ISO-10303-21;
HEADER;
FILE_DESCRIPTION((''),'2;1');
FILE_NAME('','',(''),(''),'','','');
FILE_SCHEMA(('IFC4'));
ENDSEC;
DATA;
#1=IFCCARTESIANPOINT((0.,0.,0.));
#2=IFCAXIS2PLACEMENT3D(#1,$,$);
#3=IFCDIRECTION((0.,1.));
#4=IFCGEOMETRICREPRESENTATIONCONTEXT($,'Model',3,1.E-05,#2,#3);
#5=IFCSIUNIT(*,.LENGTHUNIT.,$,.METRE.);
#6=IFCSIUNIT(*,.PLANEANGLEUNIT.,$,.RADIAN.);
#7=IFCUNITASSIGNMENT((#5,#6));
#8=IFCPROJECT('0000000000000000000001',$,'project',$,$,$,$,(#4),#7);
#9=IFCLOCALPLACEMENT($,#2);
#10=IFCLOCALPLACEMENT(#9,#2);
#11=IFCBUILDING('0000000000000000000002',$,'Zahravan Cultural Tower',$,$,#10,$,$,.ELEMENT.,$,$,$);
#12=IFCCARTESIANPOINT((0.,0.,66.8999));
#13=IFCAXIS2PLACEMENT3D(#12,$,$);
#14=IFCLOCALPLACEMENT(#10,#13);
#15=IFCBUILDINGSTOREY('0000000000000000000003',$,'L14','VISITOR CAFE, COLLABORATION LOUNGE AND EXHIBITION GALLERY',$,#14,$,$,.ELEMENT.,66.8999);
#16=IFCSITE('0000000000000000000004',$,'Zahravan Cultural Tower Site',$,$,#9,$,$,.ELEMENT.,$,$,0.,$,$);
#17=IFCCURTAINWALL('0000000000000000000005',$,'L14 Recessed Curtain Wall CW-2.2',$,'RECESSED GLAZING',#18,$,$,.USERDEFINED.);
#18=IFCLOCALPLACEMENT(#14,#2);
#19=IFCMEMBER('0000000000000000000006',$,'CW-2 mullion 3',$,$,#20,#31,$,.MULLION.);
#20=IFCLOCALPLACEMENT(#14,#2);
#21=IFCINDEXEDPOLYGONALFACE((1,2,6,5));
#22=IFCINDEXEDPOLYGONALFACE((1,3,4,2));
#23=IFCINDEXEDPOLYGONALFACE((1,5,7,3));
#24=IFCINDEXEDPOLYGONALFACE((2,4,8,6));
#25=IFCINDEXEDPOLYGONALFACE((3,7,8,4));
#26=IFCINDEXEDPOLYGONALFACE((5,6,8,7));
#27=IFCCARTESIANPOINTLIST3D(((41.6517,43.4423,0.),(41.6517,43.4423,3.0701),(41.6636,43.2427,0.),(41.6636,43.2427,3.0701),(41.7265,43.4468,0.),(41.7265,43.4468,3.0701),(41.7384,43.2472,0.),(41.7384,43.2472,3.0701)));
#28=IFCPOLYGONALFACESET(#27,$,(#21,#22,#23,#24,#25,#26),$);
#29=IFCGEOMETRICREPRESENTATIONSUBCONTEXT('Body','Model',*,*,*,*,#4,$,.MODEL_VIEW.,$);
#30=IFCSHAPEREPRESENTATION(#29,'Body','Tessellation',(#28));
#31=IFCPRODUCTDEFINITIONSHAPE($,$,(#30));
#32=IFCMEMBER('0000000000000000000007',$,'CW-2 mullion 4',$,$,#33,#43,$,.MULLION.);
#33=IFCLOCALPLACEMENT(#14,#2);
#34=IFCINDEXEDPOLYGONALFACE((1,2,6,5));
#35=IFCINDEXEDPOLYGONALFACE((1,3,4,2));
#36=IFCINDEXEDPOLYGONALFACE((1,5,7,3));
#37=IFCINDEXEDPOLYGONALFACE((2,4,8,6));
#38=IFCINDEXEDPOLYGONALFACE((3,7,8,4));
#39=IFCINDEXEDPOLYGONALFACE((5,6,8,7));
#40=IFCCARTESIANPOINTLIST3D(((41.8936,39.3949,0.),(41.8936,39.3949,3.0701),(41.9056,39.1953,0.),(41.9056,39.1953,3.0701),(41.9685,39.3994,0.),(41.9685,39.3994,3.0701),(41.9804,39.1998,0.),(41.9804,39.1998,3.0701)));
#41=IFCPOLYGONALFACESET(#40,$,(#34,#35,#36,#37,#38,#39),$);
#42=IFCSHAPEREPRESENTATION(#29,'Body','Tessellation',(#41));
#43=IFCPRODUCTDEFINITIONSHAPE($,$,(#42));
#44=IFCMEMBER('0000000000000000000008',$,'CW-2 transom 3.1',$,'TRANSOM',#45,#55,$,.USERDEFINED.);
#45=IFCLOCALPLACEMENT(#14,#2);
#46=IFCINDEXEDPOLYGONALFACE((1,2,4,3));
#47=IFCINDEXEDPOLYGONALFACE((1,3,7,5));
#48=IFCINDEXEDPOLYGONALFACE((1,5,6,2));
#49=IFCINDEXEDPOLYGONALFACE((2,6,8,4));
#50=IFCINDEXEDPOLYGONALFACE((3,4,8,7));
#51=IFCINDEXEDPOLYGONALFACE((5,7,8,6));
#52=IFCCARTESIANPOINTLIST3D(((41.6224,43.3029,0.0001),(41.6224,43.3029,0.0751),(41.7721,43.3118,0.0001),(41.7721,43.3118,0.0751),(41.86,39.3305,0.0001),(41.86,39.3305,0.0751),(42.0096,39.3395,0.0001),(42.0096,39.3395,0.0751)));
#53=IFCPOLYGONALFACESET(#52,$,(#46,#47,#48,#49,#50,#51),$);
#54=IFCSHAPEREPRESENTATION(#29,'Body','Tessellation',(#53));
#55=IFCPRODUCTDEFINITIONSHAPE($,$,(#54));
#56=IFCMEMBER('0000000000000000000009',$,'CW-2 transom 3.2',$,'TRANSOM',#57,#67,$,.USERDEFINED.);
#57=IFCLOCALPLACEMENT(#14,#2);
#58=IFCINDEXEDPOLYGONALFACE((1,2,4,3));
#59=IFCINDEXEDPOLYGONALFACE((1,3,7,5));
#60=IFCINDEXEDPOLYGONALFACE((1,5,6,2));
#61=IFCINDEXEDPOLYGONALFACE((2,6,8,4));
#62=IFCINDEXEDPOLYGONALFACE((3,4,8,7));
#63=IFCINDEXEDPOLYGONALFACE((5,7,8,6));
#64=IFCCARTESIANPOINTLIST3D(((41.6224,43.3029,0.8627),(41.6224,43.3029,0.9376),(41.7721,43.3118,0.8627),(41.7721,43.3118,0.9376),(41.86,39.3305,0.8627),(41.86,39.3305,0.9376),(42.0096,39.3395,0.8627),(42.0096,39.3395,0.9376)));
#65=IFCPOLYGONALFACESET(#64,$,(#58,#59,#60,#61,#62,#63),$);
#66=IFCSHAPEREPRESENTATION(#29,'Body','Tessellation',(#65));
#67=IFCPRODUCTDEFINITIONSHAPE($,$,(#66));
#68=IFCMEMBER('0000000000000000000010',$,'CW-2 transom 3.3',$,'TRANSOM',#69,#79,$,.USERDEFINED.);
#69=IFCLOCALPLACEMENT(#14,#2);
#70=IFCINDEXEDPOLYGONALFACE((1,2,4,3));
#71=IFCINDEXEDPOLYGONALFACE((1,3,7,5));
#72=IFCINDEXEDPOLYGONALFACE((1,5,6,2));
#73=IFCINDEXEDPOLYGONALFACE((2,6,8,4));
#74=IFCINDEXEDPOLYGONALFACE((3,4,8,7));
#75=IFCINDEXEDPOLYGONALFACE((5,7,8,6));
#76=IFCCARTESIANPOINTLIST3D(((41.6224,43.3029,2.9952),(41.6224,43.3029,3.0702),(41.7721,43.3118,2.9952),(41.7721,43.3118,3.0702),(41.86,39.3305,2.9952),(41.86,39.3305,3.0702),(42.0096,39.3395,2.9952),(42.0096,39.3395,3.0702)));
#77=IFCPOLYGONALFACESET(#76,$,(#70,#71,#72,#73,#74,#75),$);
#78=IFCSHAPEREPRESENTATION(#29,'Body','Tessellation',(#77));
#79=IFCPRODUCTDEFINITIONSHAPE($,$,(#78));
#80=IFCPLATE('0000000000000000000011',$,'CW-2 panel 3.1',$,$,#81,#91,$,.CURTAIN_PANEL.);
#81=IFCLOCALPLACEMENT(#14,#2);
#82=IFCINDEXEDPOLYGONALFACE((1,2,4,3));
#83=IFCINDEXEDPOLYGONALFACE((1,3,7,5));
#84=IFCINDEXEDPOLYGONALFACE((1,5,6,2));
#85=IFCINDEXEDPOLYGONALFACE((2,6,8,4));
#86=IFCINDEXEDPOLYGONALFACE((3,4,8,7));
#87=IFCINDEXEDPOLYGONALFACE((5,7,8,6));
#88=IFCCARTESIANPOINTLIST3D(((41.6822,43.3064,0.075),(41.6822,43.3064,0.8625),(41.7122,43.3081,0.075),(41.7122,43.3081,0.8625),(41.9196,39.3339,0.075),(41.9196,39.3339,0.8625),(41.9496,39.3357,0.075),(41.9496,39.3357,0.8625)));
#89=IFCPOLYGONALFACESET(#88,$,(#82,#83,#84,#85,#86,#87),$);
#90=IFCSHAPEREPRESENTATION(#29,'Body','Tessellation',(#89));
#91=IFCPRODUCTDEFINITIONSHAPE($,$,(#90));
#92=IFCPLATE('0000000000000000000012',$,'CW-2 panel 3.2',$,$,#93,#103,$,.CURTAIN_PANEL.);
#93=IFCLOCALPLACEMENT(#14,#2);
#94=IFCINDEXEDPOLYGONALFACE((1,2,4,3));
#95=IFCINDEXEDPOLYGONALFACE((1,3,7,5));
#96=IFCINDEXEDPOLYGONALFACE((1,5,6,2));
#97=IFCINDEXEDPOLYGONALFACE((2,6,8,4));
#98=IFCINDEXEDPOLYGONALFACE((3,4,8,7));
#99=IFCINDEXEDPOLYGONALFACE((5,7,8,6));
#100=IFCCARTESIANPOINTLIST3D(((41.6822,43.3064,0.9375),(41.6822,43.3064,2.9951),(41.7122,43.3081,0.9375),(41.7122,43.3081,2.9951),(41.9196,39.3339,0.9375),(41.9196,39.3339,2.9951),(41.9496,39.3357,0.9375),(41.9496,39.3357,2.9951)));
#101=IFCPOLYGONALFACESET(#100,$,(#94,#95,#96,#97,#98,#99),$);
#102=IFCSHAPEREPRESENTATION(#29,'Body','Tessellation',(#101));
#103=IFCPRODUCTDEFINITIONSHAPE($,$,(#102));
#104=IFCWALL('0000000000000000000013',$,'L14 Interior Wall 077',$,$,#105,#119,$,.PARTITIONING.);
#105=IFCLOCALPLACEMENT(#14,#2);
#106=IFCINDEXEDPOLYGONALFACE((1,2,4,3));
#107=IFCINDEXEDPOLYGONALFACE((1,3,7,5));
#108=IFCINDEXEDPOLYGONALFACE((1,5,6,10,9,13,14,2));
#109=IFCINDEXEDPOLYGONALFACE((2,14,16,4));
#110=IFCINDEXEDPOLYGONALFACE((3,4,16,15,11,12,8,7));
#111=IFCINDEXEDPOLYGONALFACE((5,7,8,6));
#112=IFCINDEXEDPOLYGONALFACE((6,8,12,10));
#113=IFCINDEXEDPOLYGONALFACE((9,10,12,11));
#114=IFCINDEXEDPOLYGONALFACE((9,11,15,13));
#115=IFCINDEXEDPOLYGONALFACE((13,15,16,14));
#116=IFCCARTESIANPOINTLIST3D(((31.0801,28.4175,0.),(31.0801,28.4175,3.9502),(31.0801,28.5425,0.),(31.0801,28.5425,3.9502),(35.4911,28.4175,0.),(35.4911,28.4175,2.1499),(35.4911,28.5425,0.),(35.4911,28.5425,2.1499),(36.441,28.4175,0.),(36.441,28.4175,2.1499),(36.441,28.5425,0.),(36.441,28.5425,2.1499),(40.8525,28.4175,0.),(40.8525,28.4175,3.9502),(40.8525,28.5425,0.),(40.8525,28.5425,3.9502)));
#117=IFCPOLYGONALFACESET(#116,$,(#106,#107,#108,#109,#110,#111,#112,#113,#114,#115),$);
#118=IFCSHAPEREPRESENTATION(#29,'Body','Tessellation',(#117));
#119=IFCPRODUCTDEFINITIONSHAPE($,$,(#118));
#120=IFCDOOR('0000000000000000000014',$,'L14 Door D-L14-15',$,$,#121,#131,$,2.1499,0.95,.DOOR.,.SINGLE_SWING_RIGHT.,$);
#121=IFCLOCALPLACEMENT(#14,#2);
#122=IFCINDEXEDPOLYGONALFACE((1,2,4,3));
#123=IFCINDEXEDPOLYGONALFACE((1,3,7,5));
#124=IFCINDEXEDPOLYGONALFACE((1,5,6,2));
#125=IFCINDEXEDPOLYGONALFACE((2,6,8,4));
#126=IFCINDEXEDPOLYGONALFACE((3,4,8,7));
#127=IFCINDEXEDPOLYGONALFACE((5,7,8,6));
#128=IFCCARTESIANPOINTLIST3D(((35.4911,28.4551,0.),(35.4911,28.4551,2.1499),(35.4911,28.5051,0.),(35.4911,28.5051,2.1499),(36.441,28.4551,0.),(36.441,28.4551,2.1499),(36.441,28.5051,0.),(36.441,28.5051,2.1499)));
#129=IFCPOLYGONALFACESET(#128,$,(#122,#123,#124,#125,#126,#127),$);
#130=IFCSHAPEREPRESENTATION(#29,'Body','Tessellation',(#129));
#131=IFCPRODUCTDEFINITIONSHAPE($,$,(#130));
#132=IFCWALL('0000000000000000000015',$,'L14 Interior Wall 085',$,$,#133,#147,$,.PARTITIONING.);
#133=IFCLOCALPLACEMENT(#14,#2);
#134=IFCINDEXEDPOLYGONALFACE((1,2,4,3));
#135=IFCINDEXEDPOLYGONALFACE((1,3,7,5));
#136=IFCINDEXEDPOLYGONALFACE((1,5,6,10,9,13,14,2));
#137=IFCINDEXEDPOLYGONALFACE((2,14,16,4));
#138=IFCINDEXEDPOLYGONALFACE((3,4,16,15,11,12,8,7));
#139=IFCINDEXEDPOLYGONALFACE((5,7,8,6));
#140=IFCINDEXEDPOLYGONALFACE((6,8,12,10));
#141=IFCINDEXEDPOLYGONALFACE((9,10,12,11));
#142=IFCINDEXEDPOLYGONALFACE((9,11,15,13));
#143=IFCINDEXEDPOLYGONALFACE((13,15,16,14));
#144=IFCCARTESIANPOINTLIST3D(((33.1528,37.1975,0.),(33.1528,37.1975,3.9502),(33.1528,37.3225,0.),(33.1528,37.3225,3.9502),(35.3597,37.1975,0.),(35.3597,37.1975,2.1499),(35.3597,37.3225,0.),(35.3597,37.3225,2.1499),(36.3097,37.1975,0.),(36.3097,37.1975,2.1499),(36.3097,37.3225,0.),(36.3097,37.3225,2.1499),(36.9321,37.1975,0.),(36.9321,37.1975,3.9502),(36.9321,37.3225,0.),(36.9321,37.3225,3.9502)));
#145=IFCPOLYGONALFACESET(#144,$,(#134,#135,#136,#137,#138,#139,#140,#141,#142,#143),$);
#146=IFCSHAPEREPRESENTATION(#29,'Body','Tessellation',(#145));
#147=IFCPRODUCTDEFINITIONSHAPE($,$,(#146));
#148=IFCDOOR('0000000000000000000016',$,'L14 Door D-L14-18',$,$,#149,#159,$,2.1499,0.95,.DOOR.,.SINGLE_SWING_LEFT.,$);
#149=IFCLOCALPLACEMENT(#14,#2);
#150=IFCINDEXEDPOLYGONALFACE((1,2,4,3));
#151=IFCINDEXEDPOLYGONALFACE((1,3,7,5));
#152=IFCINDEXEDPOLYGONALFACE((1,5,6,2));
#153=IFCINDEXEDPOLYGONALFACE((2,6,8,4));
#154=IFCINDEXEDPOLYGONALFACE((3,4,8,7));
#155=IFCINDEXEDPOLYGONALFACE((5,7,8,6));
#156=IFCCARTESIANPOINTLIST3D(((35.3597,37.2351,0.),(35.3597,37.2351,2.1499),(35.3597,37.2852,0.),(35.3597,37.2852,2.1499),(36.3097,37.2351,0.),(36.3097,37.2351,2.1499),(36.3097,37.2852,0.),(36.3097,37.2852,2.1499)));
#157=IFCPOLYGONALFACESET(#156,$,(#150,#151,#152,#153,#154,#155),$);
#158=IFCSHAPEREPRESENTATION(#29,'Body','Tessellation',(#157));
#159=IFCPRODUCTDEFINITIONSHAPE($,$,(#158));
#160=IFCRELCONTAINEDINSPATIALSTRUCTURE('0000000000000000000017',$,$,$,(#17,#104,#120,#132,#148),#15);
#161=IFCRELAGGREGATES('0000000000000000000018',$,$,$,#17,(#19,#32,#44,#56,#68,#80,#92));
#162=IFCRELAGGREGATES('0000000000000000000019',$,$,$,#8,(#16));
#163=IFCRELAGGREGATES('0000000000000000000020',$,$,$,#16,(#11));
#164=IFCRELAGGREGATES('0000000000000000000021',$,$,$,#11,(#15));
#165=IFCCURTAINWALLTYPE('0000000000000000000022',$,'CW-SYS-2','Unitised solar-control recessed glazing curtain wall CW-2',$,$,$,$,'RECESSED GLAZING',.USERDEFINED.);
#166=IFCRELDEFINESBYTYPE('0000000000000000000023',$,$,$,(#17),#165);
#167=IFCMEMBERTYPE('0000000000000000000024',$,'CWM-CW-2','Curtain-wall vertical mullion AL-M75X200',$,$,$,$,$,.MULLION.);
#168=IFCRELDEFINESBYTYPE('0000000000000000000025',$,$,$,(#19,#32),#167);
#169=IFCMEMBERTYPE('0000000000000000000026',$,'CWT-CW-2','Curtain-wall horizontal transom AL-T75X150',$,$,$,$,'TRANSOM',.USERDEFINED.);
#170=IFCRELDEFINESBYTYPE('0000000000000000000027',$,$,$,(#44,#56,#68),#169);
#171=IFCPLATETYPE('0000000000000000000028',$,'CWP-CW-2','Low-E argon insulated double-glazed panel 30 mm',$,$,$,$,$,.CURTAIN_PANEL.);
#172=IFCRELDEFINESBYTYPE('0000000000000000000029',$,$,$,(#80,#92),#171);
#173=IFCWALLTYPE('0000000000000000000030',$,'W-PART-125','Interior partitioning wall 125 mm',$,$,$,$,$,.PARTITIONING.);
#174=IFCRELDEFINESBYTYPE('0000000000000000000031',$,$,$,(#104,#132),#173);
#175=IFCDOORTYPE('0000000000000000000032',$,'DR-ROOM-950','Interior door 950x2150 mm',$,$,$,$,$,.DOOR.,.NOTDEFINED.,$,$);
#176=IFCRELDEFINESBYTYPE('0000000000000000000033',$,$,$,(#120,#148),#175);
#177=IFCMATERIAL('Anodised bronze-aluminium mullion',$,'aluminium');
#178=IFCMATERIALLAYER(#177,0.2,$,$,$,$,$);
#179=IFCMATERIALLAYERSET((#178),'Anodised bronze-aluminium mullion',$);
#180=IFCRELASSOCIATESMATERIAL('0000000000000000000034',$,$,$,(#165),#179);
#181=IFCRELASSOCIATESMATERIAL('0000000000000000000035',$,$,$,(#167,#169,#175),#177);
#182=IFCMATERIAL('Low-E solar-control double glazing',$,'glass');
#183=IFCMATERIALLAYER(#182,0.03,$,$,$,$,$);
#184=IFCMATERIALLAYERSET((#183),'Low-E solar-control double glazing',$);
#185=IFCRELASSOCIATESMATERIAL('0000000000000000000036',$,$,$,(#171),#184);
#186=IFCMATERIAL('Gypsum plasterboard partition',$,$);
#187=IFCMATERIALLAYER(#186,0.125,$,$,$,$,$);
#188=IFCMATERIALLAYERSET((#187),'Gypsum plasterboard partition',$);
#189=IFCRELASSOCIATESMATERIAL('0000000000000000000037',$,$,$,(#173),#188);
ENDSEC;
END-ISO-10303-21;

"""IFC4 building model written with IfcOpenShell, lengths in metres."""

from ifc_helpers import new_model, si_unit, direction, frame, frame_2d, origin, origin_2d, place, context, subcontext, project, spatial, rectangle, extrude, source, transform, mapped, material, layer, layer_set, material_profile, profile_set, type_object, element, fill, aggregate, save


model = new_model("IFC4")

# Units and contexts
model_context = context("Model", 3, precision=1e-05, world=origin(), true_north=direction((0.0, 1.0)))
body_context = subcontext(model_context, "Body", "Model", "MODEL_VIEW")
ifc_project = project(units=[si_unit("LENGTHUNIT", "METRE"), si_unit("PLANEANGLEUNIT", "RADIAN")], contexts=[model_context])

# Site, building, storey
site_placement = place(None, origin())
site = spatial("IfcSite", under=ifc_project, at=site_placement, Name="Zahravan Cultural Tower Site", CompositionType="ELEMENT", RefElevation=0.0)
building_placement = place(site_placement, origin())
building = spatial("IfcBuilding", under=site, at=building_placement, Name="Zahravan Cultural Tower", CompositionType="ELEMENT")
storey_placement = place(building_placement, frame((0.0, 0.0, 66.8999)))
storey = spatial("IfcBuildingStorey", under=building, at=storey_placement, Name="L14", Description="VISITOR CAFE, COLLABORATION LOUNGE AND EXHIBITION GALLERY", CompositionType="ELEMENT", Elevation=66.8999)

# Curtain wall, members, plates
ifc_material_1 = material(Name="Anodised bronze-aluminium mullion", Category="aluminium")
ifc_layer_1 = layer(ifc_material_1, 0.2)
ifc_layer_set_1 = layer_set([ifc_layer_1], Name="Anodised bronze-aluminium mullion")
curtain_wall_type = type_object("IfcCurtainWallType", Name="CW-SYS-2", Description="Unitised solar-control recessed glazing curtain wall CW-2", ElementType="RECESSED GLAZING", PredefinedType="USERDEFINED", material=ifc_layer_set_1)
curtain_wall_placement = place(storey_placement, origin())
curtain_wall = element("IfcCurtainWall", 1, at=curtain_wall_placement, inside=storey, type_object=curtain_wall_type, Name="L14 Recessed Curtain Wall CW-2.2", ObjectType="RECESSED GLAZING", PredefinedType="USERDEFINED")
ifc_material_profile_1 = material_profile(ifc_material_1, rectangle(XDim=0.075, YDim=0.2, at=origin_2d()), Name="AL-M75X200")
ifc_profile_set_1 = profile_set([ifc_material_profile_1], Name="Anodised bronze-aluminium mullion")
member_type_1 = type_object("IfcMemberType", Name="CWM-CW-2", Description="Curtain-wall vertical mullion AL-M75X200", PredefinedType="MULLION", material=ifc_profile_set_1)
shared_shape_1 = source(origin(), body_context, "Body", "SweptSolid", [
    extrude(rectangle(XDim=0.075, YDim=0.2, at=origin_2d()), origin(), (0.0, 0.0, 1.0), 3.0701),
])
member_1_placement = place(storey_placement, frame((41.6951, 43.3447, 0.0), z_axis=(0.0, 0.0, 1.0), x_axis=(0.998219, 0.059652, 0.0)))
member_1 = element("IfcMember", 2, at=member_1_placement, type_object=member_type_1, Name="CW-2 mullion 3", PredefinedType="MULLION", context=body_context, shape_type="MappedRepresentation", body=[
    mapped(shared_shape_1, transform((0.0, 0.0, 0.0), x_axis=(1.0, 0.0, 0.0), y_axis=(0.0, 1.0, 0.0), z_axis=(0.0, 0.0, 1.0), scale=1.0)),
])
member_2_placement = place(storey_placement, frame((41.937, 39.2974, 0.0), z_axis=(0.0, 0.0, 1.0), x_axis=(0.998219, 0.059652, 0.0)))
member_2 = element("IfcMember", 3, at=member_2_placement, type_object=member_type_1, Name="CW-2 mullion 4", PredefinedType="MULLION", context=body_context, shape_type="MappedRepresentation", body=[
    mapped(shared_shape_1, transform((0.0, 0.0, 0.0), x_axis=(1.0, 0.0, 0.0), y_axis=(0.0, 1.0, 0.0), z_axis=(0.0, 0.0, 1.0), scale=1.0)),
])
ifc_material_profile_2 = material_profile(ifc_material_1, rectangle(XDim=0.1499, YDim=0.075, at=origin_2d()), Name="AL-T75X150")
ifc_profile_set_2 = profile_set([ifc_material_profile_2], Name="Anodised bronze-aluminium mullion")
member_type_2 = type_object("IfcMemberType", Name="CWT-CW-2", Description="Curtain-wall horizontal transom AL-T75X150", ElementType="TRANSOM", PredefinedType="USERDEFINED", material=ifc_profile_set_2)
shared_shape_2 = source(origin(), body_context, "Body", "SweptSolid", [
    extrude(rectangle(XDim=0.1499, YDim=0.075, at=origin_2d()), origin(), (0.0, 0.0, 1.0), 3.9795),
])
member_3_placement = place(storey_placement, frame((41.6973, 43.3074, 0.0376), z_axis=(0.059693, -0.998217, 0.0), x_axis=(0.998217, 0.059693, 0.0)))
member_3 = element("IfcMember", 4, at=member_3_placement, type_object=member_type_2, Name="CW-2 transom 3.1", ObjectType="TRANSOM", PredefinedType="USERDEFINED", context=body_context, shape_type="MappedRepresentation", body=[
    mapped(shared_shape_2, transform((0.0, 0.0, 0.0), x_axis=(1.0, 0.0, 0.0), y_axis=(0.0, 1.0, 0.0), z_axis=(0.0, 0.0, 1.0), scale=1.0)),
])
member_4_placement = place(storey_placement, frame((41.6973, 43.3074, 0.9001), z_axis=(0.059693, -0.998217, 0.0), x_axis=(0.998217, 0.059693, 0.0)))
member_4 = element("IfcMember", 5, at=member_4_placement, type_object=member_type_2, Name="CW-2 transom 3.2", ObjectType="TRANSOM", PredefinedType="USERDEFINED", context=body_context, shape_type="MappedRepresentation", body=[
    mapped(shared_shape_2, transform((0.0, 0.0, 0.0), x_axis=(1.0, 0.0, 0.0), y_axis=(0.0, 1.0, 0.0), z_axis=(0.0, 0.0, 1.0), scale=1.0)),
])
member_5_placement = place(storey_placement, frame((41.6973, 43.3074, 3.0327), z_axis=(0.059693, -0.998217, 0.0), x_axis=(0.998217, 0.059693, 0.0)))
member_5 = element("IfcMember", 6, at=member_5_placement, type_object=member_type_2, Name="CW-2 transom 3.3", ObjectType="TRANSOM", PredefinedType="USERDEFINED", context=body_context, shape_type="MappedRepresentation", body=[
    mapped(shared_shape_2, transform((0.0, 0.0, 0.0), x_axis=(1.0, 0.0, 0.0), y_axis=(0.0, 1.0, 0.0), z_axis=(0.0, 0.0, 1.0), scale=1.0)),
])
ifc_material_2 = material(Name="Low-E solar-control double glazing", Category="glass")
ifc_layer_2 = layer(ifc_material_2, 0.03)
ifc_layer_set_2 = layer_set([ifc_layer_2], Name="Low-E solar-control double glazing")
plate_type = type_object("IfcPlateType", Name="CWP-CW-2", Description="Low-E argon insulated double-glazed panel 30 mm", PredefinedType="CURTAIN_PANEL", material=ifc_layer_set_2)
shared_shape_3 = source(origin(), body_context, "Body", "SweptSolid", [
    extrude(rectangle(XDim=3.9795, YDim=0.03, at=origin_2d()), origin(), (0.0, 0.0, 1.0), 0.7876),
])
plate_1_placement = place(storey_placement, frame((41.8159, 41.321, 0.075), z_axis=(0.0, 0.0, 1.0), x_axis=(0.059652, -0.998219, 0.0)))
plate_1 = element("IfcPlate", 7, at=plate_1_placement, type_object=plate_type, Name="CW-2 panel 3.1", PredefinedType="CURTAIN_PANEL", context=body_context, shape_type="MappedRepresentation", body=[
    mapped(shared_shape_3, transform((0.0, 0.0, 0.0), x_axis=(1.0, 0.0, 0.0), y_axis=(0.0, 1.0, 0.0), z_axis=(0.0, 0.0, 1.0), scale=1.0)),
])
shared_shape_4 = source(origin(), body_context, "Body", "SweptSolid", [
    extrude(rectangle(XDim=3.9795, YDim=0.03, at=origin_2d()), origin(), (0.0, 0.0, 1.0), 2.0576),
])
plate_2_placement = place(storey_placement, frame((41.8159, 41.321, 0.9375), z_axis=(0.0, 0.0, 1.0), x_axis=(0.059652, -0.998219, 0.0)))
plate_2 = element("IfcPlate", 8, at=plate_2_placement, type_object=plate_type, Name="CW-2 panel 3.2", PredefinedType="CURTAIN_PANEL", context=body_context, shape_type="MappedRepresentation", body=[
    mapped(shared_shape_4, transform((0.0, 0.0, 0.0), x_axis=(1.0, 0.0, 0.0), y_axis=(0.0, 1.0, 0.0), z_axis=(0.0, 0.0, 1.0), scale=1.0)),
])
aggregate(curtain_wall, [member_1, member_2, member_3, member_4, member_5, plate_1, plate_2])

# Walls, openings, doors
ifc_material_3 = material(Name="Gypsum plasterboard partition")
ifc_layer_3 = layer(ifc_material_3, 0.125)
ifc_layer_set_3 = layer_set([ifc_layer_3], Name="Gypsum plasterboard partition")
wall_type_1 = type_object("IfcWallType", Name="W-PART-125", Description="Interior partitioning wall 125 mm", PredefinedType="PARTITIONING", material=ifc_layer_set_3)
wall_1_placement = place(storey_placement, frame((40.8525, 28.48, 0.0), z_axis=(0.0, 0.0, 1.0), x_axis=(-1.0, 0.0, 0.0)))
wall_1 = element("IfcWall", 9, at=wall_1_placement, inside=storey, type_object=wall_type_1, Name="L14 Interior Wall 077", PredefinedType="PARTITIONING", context=body_context, shape_type="SweptSolid", body=[
    extrude(rectangle(XDim=9.7725, YDim=0.125, at=frame_2d((4.8862, 0.0))), origin(), (0.0, 0.0, 1.0), 3.9502),
])
opening_1_placement = place(wall_1_placement, frame((4.4114, 0.0, 0.0)))
opening_1 = element("IfcOpeningElement", 10, at=opening_1_placement, cuts=wall_1, PredefinedType="OPENING", context=body_context, shape_type="SweptSolid", body=[
    extrude(rectangle(XDim=0.95, YDim=2.1499, at=frame_2d((0.4751, 1.075))), frame((0.0, 0.0725, 0.0), z_axis=(0.0, -1.0, 0.0), x_axis=(1.0, 0.0, 0.0)), (0.0, 0.0, 1.0), 0.145),
])
door_type = type_object("IfcDoorType", Name="DR-ROOM-950", Description="Interior door 950x2150 mm", OperationType="NOTDEFINED", PredefinedType="DOOR", material=ifc_material_1)
shared_shape_5 = source(origin(), body_context, "Body", "SweptSolid", [
    extrude(rectangle(XDim=0.95, YDim=2.1499, at=frame_2d((0.4751, 1.075))), frame((0.0, 0.0249, 0.0), z_axis=(0.0, -1.0, 0.0), x_axis=(1.0, 0.0, 0.0)), (0.0, 0.0, 1.0), 0.05),
])
door_1_placement = place(opening_1_placement, origin())
door_1 = element("IfcDoor", 11, at=door_1_placement, inside=storey, type_object=door_type, Name="L14 Door D-L14-15", OperationType="SINGLE_SWING_RIGHT", OverallHeight=2.1499, OverallWidth=0.95, PredefinedType="DOOR", context=body_context, shape_type="MappedRepresentation", body=[
    mapped(shared_shape_5, transform((0.0, 0.0, 0.0), x_axis=(1.0, 0.0, 0.0), y_axis=(0.0, 1.0, 0.0), z_axis=(0.0, 0.0, 1.0), scale=1.0)),
])
fill(opening_1, door_1)
wall_2_placement = place(storey_placement, frame((36.9321, 37.26, 0.0), z_axis=(0.0, 0.0, 1.0), x_axis=(-1.0, 0.0, 0.0)))
wall_2 = element("IfcWall", 12, at=wall_2_placement, inside=storey, type_object=wall_type_1, Name="L14 Interior Wall 085", PredefinedType="PARTITIONING", context=body_context, shape_type="SweptSolid", body=[
    extrude(rectangle(XDim=3.7793, YDim=0.125, at=frame_2d((1.8896, 0.0))), origin(), (0.0, 0.0, 1.0), 3.9502),
])
opening_2_placement = place(wall_2_placement, frame((0.6223, 0.0, 0.0)))
opening_2 = element("IfcOpeningElement", 13, at=opening_2_placement, cuts=wall_2, PredefinedType="OPENING", context=body_context, shape_type="SweptSolid", body=[
    extrude(rectangle(XDim=0.95, YDim=2.1499, at=frame_2d((0.4751, 1.075))), frame((0.0, 0.0725, 0.0), z_axis=(0.0, -1.0, 0.0), x_axis=(1.0, 0.0, 0.0)), (0.0, 0.0, 1.0), 0.145),
])
door_2_placement = place(opening_2_placement, origin())
door_2 = element("IfcDoor", 14, at=door_2_placement, inside=storey, type_object=door_type, Name="L14 Door D-L14-18", OperationType="SINGLE_SWING_LEFT", OverallHeight=2.1499, OverallWidth=0.95, PredefinedType="DOOR", context=body_context, shape_type="MappedRepresentation", body=[
    mapped(shared_shape_5, transform((0.0, 0.0, 0.0), x_axis=(1.0, 0.0, 0.0), y_axis=(0.0, 1.0, 0.0), z_axis=(0.0, 0.0, 1.0), scale=1.0)),
])
fill(opening_2, door_2)

save(model, "model.ifc")
